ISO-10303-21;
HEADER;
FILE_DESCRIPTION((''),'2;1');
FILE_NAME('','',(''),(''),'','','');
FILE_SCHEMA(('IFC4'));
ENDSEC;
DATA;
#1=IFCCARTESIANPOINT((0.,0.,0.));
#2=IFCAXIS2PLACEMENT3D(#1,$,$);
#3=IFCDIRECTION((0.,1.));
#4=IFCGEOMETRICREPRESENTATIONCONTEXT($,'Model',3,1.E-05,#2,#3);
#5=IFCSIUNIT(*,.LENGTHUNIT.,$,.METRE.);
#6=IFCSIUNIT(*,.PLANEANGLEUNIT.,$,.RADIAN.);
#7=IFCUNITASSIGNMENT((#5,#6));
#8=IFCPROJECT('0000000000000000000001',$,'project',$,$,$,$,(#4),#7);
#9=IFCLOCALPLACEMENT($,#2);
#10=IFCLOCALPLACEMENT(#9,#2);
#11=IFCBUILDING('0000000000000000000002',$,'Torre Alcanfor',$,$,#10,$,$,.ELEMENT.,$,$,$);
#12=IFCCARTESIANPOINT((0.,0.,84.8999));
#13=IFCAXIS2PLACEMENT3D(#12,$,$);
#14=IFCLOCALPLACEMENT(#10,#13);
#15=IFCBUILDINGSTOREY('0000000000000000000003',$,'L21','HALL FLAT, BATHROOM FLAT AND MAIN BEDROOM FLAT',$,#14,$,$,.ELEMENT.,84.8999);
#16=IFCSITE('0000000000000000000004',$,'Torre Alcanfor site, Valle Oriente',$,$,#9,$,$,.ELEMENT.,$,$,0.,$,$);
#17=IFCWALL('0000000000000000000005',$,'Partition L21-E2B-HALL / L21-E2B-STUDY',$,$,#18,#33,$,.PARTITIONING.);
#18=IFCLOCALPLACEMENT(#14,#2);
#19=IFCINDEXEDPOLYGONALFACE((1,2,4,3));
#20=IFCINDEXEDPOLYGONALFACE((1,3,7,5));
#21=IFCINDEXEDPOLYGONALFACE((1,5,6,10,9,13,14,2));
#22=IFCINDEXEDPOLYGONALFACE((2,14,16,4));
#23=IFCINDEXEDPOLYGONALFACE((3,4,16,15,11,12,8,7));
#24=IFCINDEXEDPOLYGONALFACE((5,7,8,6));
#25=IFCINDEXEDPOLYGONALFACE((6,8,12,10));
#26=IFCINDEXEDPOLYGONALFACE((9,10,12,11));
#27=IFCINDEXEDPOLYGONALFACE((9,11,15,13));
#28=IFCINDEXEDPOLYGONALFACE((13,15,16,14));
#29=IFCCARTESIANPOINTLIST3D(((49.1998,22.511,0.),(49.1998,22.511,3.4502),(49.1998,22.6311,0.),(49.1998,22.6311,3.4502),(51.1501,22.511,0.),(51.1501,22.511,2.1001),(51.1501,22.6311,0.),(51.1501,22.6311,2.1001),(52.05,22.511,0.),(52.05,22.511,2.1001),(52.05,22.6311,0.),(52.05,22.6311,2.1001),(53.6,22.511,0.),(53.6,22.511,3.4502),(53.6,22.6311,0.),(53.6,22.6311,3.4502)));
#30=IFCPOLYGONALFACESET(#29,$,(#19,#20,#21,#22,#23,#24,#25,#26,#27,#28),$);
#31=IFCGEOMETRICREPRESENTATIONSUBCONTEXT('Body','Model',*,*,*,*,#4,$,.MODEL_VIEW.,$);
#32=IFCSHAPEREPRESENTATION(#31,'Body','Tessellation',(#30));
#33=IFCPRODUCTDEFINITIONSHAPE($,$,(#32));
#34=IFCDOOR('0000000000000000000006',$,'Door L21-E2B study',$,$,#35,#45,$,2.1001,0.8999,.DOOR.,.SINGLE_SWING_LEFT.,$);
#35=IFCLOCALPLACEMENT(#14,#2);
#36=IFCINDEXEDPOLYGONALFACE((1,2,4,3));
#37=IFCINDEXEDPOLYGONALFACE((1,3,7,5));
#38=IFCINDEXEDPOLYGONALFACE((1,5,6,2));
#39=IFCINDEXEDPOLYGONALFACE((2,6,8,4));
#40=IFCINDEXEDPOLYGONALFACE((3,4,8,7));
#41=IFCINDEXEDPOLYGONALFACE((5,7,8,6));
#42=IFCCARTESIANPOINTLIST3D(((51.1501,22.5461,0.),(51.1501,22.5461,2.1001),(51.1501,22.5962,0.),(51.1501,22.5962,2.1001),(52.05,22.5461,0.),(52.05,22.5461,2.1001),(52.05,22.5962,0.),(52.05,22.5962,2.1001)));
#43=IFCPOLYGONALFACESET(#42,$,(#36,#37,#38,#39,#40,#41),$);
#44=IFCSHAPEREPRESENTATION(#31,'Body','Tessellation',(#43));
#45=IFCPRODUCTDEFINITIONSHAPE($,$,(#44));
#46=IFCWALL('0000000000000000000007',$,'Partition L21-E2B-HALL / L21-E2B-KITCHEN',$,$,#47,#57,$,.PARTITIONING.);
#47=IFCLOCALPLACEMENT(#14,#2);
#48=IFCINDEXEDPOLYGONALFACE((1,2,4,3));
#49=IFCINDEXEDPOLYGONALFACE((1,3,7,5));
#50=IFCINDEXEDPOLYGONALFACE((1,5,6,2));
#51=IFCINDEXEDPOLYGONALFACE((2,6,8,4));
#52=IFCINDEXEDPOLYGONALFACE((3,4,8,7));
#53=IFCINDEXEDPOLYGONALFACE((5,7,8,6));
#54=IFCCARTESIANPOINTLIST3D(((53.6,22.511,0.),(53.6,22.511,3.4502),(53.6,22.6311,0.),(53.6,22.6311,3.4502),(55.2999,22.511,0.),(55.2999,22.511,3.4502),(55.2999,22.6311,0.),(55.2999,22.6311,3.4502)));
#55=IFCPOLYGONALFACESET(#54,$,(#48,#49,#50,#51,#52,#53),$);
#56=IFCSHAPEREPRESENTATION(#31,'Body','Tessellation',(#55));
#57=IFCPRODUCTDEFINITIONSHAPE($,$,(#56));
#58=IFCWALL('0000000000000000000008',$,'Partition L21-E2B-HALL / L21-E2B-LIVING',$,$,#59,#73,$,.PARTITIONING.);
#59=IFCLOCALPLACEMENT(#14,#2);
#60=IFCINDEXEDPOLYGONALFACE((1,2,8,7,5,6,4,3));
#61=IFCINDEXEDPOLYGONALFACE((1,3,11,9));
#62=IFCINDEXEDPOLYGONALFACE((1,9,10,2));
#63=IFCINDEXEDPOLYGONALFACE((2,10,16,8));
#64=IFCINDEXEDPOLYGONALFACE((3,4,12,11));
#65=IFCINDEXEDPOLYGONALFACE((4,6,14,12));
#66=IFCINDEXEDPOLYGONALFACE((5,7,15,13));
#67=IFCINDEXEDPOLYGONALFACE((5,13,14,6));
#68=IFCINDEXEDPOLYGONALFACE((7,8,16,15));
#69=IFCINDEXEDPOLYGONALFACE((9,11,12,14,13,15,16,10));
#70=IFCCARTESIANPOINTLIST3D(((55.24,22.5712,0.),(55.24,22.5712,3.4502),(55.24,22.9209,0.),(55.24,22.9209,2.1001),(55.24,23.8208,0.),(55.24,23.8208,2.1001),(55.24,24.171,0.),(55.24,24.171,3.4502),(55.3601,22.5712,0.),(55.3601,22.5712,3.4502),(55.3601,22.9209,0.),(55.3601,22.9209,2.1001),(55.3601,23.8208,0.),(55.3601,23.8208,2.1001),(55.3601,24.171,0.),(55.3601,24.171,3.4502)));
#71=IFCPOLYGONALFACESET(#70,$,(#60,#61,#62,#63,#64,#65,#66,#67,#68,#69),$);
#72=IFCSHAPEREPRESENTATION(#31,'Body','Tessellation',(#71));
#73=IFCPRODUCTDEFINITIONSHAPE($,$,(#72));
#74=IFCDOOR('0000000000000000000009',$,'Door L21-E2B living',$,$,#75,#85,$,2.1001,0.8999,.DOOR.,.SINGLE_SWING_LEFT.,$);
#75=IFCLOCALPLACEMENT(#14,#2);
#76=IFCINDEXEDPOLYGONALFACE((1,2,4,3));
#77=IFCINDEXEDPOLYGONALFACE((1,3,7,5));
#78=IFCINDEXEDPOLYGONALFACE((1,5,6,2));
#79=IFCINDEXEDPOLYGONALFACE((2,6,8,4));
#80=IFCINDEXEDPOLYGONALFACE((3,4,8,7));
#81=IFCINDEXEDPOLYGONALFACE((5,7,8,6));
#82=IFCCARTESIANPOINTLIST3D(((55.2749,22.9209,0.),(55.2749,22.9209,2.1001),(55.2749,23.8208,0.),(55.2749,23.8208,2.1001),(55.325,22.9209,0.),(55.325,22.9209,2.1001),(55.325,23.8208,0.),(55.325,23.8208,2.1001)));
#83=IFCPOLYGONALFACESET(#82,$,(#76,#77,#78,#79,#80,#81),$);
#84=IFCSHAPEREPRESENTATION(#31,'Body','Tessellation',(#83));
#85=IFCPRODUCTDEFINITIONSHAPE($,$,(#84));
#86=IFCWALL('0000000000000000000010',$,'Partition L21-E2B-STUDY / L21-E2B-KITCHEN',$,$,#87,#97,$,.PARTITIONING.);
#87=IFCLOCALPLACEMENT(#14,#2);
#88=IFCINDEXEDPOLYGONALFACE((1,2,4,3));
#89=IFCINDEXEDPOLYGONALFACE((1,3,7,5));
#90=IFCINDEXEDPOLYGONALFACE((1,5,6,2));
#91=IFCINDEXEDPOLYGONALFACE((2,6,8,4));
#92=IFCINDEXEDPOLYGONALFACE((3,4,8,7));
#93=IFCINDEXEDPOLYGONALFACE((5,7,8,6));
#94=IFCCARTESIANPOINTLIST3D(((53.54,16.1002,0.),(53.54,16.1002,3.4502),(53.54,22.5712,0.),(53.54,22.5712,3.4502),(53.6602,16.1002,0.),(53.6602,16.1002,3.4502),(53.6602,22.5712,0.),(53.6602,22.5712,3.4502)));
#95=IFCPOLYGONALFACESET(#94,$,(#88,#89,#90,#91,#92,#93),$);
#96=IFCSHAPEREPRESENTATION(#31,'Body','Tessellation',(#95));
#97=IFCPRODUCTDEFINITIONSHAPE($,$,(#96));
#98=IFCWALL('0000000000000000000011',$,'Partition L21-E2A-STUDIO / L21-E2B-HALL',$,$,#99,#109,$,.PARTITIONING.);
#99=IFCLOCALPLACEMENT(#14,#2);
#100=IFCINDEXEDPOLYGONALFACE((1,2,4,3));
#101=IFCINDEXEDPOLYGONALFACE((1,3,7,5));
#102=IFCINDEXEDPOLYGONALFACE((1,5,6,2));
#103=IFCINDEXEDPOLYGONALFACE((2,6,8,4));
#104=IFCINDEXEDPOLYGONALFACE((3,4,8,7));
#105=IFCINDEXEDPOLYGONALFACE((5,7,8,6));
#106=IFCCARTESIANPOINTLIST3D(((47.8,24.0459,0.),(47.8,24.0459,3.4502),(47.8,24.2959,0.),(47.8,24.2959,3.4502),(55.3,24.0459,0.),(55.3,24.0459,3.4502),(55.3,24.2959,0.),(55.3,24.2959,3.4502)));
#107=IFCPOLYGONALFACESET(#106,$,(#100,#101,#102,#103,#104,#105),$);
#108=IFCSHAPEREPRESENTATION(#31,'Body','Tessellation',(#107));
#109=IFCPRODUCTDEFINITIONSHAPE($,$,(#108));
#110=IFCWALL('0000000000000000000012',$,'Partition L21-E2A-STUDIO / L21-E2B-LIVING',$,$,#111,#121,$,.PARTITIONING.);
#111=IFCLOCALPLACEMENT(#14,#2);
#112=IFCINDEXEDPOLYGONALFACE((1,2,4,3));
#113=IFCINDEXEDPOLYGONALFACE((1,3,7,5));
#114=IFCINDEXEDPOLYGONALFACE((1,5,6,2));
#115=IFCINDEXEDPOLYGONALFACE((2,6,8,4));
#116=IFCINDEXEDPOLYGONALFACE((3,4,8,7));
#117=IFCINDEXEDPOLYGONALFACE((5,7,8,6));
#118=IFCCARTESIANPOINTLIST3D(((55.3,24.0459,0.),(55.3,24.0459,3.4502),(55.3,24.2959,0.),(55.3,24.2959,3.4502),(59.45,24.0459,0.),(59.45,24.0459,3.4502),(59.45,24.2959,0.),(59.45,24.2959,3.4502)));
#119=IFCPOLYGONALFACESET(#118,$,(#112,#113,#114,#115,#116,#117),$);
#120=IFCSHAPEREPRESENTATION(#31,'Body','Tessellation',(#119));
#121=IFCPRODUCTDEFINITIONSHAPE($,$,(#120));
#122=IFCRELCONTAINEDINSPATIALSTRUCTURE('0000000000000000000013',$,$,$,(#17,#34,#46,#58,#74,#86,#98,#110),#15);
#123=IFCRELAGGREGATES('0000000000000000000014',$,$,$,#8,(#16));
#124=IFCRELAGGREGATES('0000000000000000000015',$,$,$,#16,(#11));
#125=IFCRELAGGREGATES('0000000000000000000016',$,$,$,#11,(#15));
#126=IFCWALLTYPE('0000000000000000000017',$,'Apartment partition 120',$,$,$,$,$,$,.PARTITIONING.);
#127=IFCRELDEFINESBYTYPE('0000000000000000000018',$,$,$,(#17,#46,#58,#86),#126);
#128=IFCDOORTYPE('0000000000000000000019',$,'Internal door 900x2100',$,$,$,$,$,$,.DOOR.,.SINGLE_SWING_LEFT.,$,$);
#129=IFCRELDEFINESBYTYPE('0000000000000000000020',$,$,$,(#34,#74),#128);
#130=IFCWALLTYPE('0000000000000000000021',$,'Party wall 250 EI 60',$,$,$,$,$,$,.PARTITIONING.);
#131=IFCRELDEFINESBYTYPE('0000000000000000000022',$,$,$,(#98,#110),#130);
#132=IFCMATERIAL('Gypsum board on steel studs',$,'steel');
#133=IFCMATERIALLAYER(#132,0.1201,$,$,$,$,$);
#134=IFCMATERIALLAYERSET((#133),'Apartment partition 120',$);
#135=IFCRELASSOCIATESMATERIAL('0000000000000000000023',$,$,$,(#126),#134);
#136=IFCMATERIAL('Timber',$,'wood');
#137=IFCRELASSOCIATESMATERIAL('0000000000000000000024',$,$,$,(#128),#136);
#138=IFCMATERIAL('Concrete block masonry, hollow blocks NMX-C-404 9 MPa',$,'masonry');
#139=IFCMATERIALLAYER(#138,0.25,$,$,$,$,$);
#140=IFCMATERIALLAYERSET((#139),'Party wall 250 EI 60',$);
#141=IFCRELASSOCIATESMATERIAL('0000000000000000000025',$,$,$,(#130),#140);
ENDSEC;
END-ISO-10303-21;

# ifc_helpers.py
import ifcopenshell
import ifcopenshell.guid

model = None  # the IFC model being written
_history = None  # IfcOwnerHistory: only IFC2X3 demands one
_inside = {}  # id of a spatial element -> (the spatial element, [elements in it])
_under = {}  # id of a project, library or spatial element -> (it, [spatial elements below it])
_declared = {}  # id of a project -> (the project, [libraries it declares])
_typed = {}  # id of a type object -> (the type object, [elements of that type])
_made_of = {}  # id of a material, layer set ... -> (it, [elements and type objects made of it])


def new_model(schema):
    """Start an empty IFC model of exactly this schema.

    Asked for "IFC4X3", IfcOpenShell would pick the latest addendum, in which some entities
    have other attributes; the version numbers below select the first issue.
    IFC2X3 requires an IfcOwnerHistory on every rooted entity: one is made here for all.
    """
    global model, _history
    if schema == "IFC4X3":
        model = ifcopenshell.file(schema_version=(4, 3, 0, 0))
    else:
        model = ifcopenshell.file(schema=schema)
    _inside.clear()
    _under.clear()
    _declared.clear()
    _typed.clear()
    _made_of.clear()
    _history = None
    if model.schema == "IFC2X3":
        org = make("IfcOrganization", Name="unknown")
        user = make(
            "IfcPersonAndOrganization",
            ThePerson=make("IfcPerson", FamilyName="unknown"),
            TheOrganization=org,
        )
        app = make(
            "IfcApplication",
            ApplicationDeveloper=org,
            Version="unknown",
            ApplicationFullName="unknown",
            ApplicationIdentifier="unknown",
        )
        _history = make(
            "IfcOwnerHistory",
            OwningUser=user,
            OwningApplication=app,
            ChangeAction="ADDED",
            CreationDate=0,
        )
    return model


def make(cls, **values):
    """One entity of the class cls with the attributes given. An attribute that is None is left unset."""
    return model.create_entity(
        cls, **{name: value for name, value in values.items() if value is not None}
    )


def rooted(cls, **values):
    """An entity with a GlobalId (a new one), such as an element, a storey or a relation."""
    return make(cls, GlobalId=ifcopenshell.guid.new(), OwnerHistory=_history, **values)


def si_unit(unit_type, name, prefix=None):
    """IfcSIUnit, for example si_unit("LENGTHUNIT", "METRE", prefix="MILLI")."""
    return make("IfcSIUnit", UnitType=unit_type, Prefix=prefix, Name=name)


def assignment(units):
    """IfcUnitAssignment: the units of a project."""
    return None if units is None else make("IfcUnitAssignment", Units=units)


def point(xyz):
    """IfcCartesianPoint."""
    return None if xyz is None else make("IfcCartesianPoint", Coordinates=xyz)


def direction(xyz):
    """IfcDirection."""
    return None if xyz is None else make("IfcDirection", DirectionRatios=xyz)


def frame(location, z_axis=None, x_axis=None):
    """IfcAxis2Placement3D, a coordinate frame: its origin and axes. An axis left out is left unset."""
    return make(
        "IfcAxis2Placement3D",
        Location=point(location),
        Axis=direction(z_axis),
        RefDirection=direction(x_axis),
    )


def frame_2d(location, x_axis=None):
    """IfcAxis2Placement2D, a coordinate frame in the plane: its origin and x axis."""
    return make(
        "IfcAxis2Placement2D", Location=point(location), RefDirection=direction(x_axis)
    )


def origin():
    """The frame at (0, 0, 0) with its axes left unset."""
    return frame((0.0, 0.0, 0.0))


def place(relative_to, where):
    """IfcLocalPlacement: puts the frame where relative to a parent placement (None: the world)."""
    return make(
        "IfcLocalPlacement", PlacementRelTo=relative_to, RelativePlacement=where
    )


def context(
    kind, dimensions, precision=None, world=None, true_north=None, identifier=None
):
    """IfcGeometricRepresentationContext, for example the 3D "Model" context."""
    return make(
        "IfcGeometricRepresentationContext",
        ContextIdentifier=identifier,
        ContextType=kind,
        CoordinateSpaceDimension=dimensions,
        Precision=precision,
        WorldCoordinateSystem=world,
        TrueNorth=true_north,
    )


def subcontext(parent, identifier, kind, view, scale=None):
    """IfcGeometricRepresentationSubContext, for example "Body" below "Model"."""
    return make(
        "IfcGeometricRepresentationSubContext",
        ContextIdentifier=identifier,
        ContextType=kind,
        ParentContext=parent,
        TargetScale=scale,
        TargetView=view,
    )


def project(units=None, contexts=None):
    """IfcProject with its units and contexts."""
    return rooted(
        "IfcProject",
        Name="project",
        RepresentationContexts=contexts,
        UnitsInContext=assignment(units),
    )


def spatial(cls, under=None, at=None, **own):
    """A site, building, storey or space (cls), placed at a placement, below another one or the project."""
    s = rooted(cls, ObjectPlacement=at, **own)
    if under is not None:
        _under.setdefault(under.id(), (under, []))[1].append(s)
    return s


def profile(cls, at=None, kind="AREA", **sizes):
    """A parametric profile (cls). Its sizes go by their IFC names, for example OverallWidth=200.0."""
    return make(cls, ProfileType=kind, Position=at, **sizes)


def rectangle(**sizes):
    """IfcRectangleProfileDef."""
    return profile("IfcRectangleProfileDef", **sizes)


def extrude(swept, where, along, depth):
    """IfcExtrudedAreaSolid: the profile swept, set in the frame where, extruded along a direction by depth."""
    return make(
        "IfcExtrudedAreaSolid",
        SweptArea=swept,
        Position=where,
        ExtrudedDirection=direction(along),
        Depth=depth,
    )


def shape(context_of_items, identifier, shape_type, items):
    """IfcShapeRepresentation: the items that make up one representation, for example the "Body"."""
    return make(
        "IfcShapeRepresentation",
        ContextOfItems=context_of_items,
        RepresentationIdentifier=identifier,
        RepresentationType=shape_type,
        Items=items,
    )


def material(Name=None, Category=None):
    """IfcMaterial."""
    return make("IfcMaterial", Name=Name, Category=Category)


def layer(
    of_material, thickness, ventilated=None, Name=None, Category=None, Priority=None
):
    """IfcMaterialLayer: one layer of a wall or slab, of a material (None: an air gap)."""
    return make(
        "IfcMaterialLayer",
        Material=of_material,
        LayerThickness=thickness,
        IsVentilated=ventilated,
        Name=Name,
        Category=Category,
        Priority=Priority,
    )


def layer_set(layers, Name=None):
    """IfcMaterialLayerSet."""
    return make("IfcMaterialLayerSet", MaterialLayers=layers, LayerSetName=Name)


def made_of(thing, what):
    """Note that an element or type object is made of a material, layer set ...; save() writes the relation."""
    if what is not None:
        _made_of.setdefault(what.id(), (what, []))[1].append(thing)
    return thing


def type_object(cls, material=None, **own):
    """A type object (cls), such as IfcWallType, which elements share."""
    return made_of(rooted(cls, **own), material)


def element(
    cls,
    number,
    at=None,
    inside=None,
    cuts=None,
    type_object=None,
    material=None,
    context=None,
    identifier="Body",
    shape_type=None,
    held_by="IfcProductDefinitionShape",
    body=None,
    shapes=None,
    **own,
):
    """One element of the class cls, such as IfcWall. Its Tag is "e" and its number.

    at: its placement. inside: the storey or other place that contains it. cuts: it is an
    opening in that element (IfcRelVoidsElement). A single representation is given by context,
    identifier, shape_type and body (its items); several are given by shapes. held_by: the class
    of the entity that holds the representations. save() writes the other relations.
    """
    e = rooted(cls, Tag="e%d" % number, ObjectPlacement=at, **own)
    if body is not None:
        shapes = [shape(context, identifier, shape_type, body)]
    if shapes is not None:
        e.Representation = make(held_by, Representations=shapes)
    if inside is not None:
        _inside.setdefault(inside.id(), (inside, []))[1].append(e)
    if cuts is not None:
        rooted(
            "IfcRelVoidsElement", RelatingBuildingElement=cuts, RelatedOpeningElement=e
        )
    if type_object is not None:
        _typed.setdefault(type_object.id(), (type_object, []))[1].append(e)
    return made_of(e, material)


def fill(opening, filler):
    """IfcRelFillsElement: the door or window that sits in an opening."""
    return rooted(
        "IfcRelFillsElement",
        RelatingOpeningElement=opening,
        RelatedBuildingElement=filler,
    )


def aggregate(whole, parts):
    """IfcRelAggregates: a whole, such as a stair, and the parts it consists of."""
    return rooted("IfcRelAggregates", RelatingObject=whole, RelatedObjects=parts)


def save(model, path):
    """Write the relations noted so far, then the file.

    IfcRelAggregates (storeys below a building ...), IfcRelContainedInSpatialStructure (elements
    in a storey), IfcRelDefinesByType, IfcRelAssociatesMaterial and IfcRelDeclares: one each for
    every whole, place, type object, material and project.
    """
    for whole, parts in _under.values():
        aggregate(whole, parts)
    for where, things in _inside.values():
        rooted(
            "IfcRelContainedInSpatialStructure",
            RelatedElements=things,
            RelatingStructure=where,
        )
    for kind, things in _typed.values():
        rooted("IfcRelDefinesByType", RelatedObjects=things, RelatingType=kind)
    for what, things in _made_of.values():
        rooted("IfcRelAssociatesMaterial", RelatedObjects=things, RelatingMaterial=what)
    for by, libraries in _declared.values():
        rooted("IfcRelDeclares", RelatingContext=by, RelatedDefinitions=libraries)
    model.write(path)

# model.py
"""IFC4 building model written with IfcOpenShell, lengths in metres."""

from ifc_helpers import new_model, si_unit, direction, frame, frame_2d, origin, place, context, subcontext, project, spatial, rectangle, extrude, material, layer, layer_set, type_object, element, fill, save


model = new_model("IFC4")

# Units and contexts
model_context = context("Model", 3, precision=1e-05, world=origin(), true_north=direction((0.0, 1.0)))
body_context = subcontext(model_context, "Body", "Model", "MODEL_VIEW")
ifc_project = project(units=[si_unit("LENGTHUNIT", "METRE"), si_unit("PLANEANGLEUNIT", "RADIAN")], contexts=[model_context])

# Site, building, storey
site_placement = place(None, origin())
site = spatial("IfcSite", under=ifc_project, at=site_placement, Name="Torre Alcanfor site, Valle Oriente", CompositionType="ELEMENT", RefElevation=0.0)
building_placement = place(site_placement, origin())
building = spatial("IfcBuilding", under=site, at=building_placement, Name="Torre Alcanfor", CompositionType="ELEMENT")
storey_placement = place(building_placement, frame((0.0, 0.0, 84.8999)))
storey = spatial("IfcBuildingStorey", under=building, at=storey_placement, Name="L21", Description="HALL FLAT, BATHROOM FLAT AND MAIN BEDROOM FLAT", CompositionType="ELEMENT", Elevation=84.8999)

# Wall, opening, door
ifc_material_1 = material(Name="Gypsum board on steel studs", Category="steel")
ifc_layer_1 = layer(ifc_material_1, 0.1201)
ifc_layer_set_1 = layer_set([ifc_layer_1], Name="Apartment partition 120")
wall_type_1 = type_object("IfcWallType", Name="Apartment partition 120", PredefinedType="PARTITIONING", material=ifc_layer_set_1)
wall_1_placement = place(storey_placement, frame((53.6001, 22.571, 0.0), z_axis=(0.0, 0.0, 1.0), x_axis=(-1.0, 0.0, 0.0)))
wall_1 = element("IfcWall", 1, at=wall_1_placement, inside=storey, type_object=wall_type_1, Name="Partition L21-E2B-HALL / L21-E2B-STUDY", PredefinedType="PARTITIONING", context=body_context, shape_type="SweptSolid", body=[
    extrude(rectangle(XDim=4.4001, YDim=0.1201, at=frame_2d((2.2002, 0.0))), origin(), (0.0, 0.0, 1.0), 3.4502),
])
opening_1_placement = place(wall_1_placement, frame((1.55, 0.0, 0.0)))
opening_1 = element("IfcOpeningElement", 2, at=opening_1_placement, cuts=wall_1, PredefinedType="OPENING", context=body_context, shape_type="SweptSolid", body=[
    extrude(rectangle(XDim=0.8999, YDim=2.1001, at=frame_2d((0.45, 1.05))), frame((0.0, 0.0701, 0.0), z_axis=(0.0, -1.0, 0.0), x_axis=(1.0, 0.0, 0.0)), (0.0, 0.0, 1.0), 0.1401),
])
ifc_material_2 = material(Name="Timber", Category="wood")
door_type = type_object("IfcDoorType", Name="Internal door 900x2100", OperationType="SINGLE_SWING_LEFT", PredefinedType="DOOR", material=ifc_material_2)
door_1_placement = place(opening_1_placement, origin())
door_1 = element("IfcDoor", 3, at=door_1_placement, inside=storey, type_object=door_type, Name="Door L21-E2B study", OperationType="SINGLE_SWING_LEFT", OverallHeight=2.1001, OverallWidth=0.8999, PredefinedType="DOOR", context=body_context, shape_type="SweptSolid", body=[
    extrude(rectangle(XDim=0.8999, YDim=2.1001, at=frame_2d((0.45, 1.05))), frame((0.0, 0.0249, 0.0), z_axis=(0.0, -1.0, 0.0), x_axis=(1.0, 0.0, 0.0)), (0.0, 0.0, 1.0), 0.05),
])
fill(opening_1, door_1)

# Wall
wall_2_placement = place(storey_placement, frame((55.3, 22.571, 0.0), z_axis=(0.0, 0.0, 1.0), x_axis=(-1.0, 0.0, 0.0)))
element("IfcWall", 4, at=wall_2_placement, inside=storey, type_object=wall_type_1, Name="Partition L21-E2B-HALL / L21-E2B-KITCHEN", PredefinedType="PARTITIONING", context=body_context, shape_type="SweptSolid", body=[
    extrude(rectangle(XDim=1.7, YDim=0.1201, at=frame_2d((0.8501, 0.0))), origin(), (0.0, 0.0, 1.0), 3.4502),
])

# Wall, opening, door
wall_3_placement = place(storey_placement, frame((55.3, 24.1709, 0.0), z_axis=(0.0, 0.0, 1.0), x_axis=(0.0, -1.0, 0.0)))
wall_3 = element("IfcWall", 5, at=wall_3_placement, inside=storey, type_object=wall_type_1, Name="Partition L21-E2B-HALL / L21-E2B-LIVING", PredefinedType="PARTITIONING", context=body_context, shape_type="SweptSolid", body=[
    extrude(rectangle(XDim=1.5999, YDim=0.1201, at=frame_2d((0.7998, 0.0))), origin(), (0.0, 0.0, 1.0), 3.4502),
])
opening_2_placement = place(wall_3_placement, frame((0.3501, 0.0, 0.0)))
opening_2 = element("IfcOpeningElement", 6, at=opening_2_placement, cuts=wall_3, PredefinedType="OPENING", context=body_context, shape_type="SweptSolid", body=[
    extrude(rectangle(XDim=0.8999, YDim=2.1001, at=frame_2d((0.45, 1.05))), frame((0.0, 0.0701, 0.0), z_axis=(0.0, -1.0, 0.0), x_axis=(1.0, 0.0, 0.0)), (0.0, 0.0, 1.0), 0.1401),
])
door_2_placement = place(opening_2_placement, origin())
door_2 = element("IfcDoor", 7, at=door_2_placement, inside=storey, type_object=door_type, Name="Door L21-E2B living", OperationType="SINGLE_SWING_LEFT", OverallHeight=2.1001, OverallWidth=0.8999, PredefinedType="DOOR", context=body_context, shape_type="SweptSolid", body=[
    extrude(rectangle(XDim=0.8999, YDim=2.1001, at=frame_2d((0.45, 1.05))), frame((0.0, 0.0249, 0.0), z_axis=(0.0, -1.0, 0.0), x_axis=(1.0, 0.0, 0.0)), (0.0, 0.0, 1.0), 0.05),
])
fill(opening_2, door_2)

# Walls
wall_4_placement = place(storey_placement, frame((53.6001, 22.571, 0.0), z_axis=(0.0, 0.0, 1.0), x_axis=(0.0, -1.0, 0.0)))
element("IfcWall", 8, at=wall_4_placement, inside=storey, type_object=wall_type_1, Name="Partition L21-E2B-STUDY / L21-E2B-KITCHEN", PredefinedType="PARTITIONING", context=body_context, shape_type="SweptSolid", body=[
    extrude(rectangle(XDim=6.4709, YDim=0.1201, at=frame_2d((3.2354, 0.0))), origin(), (0.0, 0.0, 1.0), 3.4502),
])
ifc_material_3 = material(Name="Concrete block masonry, hollow blocks NMX-C-404 9 MPa", Category="masonry")
ifc_layer_2 = layer(ifc_material_3, 0.25)
ifc_layer_set_2 = layer_set([ifc_layer_2], Name="Party wall 250 EI 60")
wall_type_2 = type_object("IfcWallType", Name="Party wall 250 EI 60", PredefinedType="PARTITIONING", material=ifc_layer_set_2)
wall_5_placement = place(storey_placement, frame((55.3, 24.1709, 0.0), z_axis=(0.0, 0.0, 1.0), x_axis=(-1.0, 0.0, 0.0)))
element("IfcWall", 9, at=wall_5_placement, inside=storey, type_object=wall_type_2, Name="Partition L21-E2A-STUDIO / L21-E2B-HALL", PredefinedType="PARTITIONING", context=body_context, shape_type="SweptSolid", body=[
    extrude(rectangle(XDim=7.5, YDim=0.25, at=frame_2d((3.75, 0.0))), origin(), (0.0, 0.0, 1.0), 3.4502),
])
wall_6_placement = place(storey_placement, frame((59.45, 24.1709, 0.0), z_axis=(0.0, 0.0, 1.0), x_axis=(-1.0, 0.0, 0.0)))
element("IfcWall", 10, at=wall_6_placement, inside=storey, type_object=wall_type_2, Name="Partition L21-E2A-STUDIO / L21-E2B-LIVING", PredefinedType="PARTITIONING", context=body_context, shape_type="SweptSolid", body=[
    extrude(rectangle(XDim=4.1499, YDim=0.25, at=frame_2d((2.075, 0.0))), origin(), (0.0, 0.0, 1.0), 3.4502),
])

save(model, "model.ifc")
